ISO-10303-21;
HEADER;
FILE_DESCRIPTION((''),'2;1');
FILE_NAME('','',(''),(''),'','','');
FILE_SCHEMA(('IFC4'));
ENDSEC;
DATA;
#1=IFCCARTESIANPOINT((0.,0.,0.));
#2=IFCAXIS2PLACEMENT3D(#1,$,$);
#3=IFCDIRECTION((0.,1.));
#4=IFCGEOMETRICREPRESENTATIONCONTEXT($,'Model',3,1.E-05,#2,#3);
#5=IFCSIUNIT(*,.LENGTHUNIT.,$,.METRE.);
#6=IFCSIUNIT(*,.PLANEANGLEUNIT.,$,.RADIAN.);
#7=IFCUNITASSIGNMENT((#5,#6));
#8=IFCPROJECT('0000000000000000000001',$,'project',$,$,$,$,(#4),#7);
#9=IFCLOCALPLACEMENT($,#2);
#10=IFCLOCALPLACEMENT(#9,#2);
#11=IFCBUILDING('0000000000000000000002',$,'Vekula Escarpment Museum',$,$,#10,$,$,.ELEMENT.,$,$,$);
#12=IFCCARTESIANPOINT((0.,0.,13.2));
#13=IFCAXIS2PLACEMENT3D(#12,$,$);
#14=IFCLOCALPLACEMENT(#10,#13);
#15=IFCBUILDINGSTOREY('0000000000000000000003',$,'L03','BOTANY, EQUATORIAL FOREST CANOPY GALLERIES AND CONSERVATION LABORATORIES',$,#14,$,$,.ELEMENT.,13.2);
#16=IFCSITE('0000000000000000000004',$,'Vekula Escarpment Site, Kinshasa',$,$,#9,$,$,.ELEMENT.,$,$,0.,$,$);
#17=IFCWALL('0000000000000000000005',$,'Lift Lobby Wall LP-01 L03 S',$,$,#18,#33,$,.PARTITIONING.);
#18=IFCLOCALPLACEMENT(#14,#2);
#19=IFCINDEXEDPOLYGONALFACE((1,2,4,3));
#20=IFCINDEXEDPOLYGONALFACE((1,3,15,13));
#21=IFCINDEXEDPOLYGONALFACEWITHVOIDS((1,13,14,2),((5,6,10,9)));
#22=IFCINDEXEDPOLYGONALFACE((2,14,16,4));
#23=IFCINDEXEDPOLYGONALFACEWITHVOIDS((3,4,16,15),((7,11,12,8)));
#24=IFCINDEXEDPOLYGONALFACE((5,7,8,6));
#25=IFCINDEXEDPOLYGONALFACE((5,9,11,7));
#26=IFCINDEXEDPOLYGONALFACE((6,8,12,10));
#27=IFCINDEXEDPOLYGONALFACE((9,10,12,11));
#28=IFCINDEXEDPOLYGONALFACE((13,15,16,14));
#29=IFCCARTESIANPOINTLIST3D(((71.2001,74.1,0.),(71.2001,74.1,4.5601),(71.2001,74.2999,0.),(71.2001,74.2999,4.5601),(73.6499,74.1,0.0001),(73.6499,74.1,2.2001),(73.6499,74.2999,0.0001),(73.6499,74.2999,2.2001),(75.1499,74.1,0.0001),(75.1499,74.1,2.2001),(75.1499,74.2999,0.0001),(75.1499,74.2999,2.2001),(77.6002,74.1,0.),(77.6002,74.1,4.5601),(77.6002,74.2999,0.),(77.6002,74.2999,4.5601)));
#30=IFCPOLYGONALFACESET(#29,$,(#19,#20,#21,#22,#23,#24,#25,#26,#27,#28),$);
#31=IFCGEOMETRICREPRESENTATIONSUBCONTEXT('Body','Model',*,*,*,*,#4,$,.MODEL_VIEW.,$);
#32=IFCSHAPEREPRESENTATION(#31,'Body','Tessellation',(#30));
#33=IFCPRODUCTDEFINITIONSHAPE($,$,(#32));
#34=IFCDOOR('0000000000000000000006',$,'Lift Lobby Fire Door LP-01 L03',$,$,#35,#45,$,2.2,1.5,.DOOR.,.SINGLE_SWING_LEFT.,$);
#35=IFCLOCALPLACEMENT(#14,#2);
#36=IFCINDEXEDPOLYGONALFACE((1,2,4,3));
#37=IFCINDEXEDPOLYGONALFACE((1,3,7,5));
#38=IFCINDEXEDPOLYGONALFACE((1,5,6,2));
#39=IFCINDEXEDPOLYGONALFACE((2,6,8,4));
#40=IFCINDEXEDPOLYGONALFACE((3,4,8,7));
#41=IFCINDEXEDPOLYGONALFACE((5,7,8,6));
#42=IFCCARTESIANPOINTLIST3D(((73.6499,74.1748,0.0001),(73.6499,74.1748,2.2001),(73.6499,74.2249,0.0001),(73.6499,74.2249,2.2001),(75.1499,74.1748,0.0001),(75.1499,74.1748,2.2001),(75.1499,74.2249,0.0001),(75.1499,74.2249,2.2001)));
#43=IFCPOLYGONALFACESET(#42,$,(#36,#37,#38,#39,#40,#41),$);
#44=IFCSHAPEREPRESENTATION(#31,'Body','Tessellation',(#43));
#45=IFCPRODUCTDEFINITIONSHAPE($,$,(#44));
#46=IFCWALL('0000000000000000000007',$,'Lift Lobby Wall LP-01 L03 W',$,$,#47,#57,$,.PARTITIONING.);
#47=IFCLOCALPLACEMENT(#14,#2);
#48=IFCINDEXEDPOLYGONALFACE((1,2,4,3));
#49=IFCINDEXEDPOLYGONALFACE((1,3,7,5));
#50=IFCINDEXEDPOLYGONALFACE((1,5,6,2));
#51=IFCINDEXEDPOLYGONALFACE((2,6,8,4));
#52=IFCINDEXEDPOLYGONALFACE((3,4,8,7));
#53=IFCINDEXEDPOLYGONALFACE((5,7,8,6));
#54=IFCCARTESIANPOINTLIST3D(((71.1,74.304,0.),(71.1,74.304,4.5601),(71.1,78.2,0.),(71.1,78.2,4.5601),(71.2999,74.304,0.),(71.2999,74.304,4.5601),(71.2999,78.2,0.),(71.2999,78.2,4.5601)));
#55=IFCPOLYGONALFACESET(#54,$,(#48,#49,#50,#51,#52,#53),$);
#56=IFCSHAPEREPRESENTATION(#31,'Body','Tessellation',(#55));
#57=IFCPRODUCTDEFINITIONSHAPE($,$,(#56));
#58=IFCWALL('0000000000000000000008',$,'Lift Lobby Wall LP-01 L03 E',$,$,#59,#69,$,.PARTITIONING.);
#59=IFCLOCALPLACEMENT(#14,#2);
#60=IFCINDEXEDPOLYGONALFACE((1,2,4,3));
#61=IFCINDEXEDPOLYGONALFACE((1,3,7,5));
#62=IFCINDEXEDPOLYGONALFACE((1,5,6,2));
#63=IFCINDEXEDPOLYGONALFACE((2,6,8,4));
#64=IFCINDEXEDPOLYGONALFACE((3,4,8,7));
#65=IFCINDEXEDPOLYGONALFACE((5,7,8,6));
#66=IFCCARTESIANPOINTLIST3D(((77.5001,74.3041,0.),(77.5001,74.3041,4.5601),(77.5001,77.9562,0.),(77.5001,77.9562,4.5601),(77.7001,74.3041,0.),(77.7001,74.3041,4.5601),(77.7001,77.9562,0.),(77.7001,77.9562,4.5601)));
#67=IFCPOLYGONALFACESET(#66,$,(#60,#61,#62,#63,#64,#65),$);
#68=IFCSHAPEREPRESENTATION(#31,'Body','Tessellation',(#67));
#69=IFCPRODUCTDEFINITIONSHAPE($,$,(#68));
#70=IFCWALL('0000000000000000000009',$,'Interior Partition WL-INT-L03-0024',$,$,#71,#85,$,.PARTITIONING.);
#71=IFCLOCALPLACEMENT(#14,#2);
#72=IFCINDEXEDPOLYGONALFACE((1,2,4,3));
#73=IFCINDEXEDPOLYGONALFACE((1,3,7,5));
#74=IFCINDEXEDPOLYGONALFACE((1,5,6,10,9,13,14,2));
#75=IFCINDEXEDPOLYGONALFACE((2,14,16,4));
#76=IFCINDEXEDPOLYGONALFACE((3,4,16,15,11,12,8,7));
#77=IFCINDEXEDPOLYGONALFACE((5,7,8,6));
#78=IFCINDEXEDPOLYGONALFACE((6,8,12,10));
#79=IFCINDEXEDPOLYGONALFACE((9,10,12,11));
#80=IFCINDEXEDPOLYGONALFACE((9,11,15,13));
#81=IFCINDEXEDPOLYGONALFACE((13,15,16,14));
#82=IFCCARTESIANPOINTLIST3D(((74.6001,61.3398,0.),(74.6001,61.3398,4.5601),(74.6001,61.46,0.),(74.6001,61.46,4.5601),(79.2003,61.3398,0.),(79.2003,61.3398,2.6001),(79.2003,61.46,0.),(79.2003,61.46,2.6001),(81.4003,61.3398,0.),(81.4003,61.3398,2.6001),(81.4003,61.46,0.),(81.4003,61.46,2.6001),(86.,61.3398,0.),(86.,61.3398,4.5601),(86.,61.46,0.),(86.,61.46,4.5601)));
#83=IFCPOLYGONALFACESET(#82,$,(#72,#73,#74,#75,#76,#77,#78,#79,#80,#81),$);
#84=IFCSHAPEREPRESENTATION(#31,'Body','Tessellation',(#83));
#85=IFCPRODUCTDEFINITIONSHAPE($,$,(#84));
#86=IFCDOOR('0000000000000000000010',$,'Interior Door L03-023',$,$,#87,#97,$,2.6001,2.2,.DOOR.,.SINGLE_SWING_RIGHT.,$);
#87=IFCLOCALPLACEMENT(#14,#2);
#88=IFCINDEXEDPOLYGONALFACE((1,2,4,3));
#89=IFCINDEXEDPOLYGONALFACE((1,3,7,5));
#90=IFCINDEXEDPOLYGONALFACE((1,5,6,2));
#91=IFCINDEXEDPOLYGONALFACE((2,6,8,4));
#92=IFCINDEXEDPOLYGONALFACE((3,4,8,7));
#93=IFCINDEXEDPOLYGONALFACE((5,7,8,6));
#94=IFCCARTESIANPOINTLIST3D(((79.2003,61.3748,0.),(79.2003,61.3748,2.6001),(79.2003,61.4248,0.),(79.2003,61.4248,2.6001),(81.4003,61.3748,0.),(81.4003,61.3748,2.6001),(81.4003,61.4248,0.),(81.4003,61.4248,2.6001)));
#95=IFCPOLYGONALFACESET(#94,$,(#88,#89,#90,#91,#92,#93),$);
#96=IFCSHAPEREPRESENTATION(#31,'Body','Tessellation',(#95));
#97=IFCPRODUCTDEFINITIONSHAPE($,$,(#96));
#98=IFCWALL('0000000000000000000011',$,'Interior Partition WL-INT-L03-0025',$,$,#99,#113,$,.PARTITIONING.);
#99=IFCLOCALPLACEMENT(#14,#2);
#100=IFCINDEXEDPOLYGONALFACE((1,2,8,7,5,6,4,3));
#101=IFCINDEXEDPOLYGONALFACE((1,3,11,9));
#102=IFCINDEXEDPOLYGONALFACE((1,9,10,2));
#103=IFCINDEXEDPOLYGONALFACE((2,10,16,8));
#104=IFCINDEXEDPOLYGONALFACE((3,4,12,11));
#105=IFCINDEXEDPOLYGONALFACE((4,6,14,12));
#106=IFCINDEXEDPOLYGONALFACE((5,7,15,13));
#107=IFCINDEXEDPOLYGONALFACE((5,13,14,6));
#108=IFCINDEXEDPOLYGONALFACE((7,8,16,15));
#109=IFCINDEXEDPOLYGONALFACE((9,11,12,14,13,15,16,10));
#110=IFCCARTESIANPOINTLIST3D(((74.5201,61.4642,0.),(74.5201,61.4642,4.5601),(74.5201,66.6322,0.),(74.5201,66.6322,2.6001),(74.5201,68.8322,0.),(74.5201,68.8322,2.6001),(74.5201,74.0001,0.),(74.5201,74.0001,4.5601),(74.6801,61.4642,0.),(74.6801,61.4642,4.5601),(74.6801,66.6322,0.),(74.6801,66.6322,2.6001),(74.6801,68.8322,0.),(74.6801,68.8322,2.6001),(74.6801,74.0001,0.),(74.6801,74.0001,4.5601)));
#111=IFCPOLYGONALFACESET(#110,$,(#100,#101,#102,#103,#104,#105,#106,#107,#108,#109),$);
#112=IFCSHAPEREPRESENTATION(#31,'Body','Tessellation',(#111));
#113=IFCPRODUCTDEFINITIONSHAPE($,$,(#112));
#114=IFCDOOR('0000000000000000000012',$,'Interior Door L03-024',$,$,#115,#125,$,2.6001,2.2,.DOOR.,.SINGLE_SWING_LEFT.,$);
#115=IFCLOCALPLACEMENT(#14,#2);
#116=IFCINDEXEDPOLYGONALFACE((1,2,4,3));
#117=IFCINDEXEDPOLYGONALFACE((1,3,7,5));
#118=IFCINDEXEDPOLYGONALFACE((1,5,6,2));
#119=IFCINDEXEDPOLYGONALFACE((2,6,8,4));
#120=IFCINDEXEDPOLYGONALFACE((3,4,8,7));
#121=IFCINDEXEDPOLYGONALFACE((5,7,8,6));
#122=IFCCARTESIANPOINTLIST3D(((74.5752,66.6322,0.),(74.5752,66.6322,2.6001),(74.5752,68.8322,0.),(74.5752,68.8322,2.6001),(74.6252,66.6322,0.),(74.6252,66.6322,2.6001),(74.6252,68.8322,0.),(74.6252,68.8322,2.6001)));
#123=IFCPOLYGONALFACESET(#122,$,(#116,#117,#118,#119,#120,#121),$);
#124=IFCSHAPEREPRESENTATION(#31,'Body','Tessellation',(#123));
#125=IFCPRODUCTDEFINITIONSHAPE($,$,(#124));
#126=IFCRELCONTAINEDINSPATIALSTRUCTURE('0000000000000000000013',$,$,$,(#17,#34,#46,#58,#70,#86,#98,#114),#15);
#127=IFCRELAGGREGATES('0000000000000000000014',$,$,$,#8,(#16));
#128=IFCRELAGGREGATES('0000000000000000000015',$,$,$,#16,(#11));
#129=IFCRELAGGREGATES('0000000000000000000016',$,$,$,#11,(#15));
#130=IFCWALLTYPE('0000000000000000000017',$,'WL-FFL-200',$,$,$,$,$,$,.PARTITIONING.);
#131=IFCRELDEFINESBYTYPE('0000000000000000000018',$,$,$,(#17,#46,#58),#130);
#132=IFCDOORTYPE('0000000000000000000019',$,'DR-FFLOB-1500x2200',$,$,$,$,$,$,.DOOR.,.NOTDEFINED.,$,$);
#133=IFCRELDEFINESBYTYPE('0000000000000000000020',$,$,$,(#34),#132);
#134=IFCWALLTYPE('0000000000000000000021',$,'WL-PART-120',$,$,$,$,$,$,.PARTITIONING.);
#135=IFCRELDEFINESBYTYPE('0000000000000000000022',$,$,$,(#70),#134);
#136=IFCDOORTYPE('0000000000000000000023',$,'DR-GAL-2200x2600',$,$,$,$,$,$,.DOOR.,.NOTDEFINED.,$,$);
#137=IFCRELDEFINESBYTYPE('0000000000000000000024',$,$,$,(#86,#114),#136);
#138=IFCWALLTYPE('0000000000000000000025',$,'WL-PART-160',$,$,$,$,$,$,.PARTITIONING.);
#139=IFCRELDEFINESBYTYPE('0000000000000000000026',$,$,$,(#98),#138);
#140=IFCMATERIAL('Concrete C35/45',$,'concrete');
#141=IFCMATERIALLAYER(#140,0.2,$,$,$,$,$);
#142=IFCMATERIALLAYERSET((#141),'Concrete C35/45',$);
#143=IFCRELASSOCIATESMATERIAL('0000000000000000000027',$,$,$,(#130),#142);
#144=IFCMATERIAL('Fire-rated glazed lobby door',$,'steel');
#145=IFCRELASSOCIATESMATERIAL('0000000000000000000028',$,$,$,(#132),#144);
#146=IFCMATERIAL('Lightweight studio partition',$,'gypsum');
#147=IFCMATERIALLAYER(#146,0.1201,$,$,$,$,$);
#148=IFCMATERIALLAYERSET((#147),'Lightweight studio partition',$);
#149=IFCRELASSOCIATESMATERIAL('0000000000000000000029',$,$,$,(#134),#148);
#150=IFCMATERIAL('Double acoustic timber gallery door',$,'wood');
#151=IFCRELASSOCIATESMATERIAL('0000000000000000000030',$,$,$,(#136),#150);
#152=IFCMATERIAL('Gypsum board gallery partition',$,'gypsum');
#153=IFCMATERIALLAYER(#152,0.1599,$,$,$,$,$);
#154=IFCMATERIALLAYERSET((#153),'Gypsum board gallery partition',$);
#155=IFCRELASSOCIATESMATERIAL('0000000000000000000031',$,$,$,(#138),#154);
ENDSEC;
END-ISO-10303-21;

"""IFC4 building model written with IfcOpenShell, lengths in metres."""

from ifc_helpers import new_model, si_unit, direction, frame, frame_2d, origin, place, context, subcontext, project, spatial, rectangle, extrude, material, layer, layer_set, type_object, element, fill, save


model = new_model("IFC4")

# Units and contexts
model_context = context("Model", 3, precision=1e-05, world=origin(), true_north=direction((0.0, 1.0)))
body_context = subcontext(model_context, "Body", "Model", "MODEL_VIEW")
ifc_project = project(units=[si_unit("LENGTHUNIT", "METRE"), si_unit("PLANEANGLEUNIT", "RADIAN")], contexts=[model_context])

# Site, building, storey
site_placement = place(None, origin())
site = spatial("IfcSite", under=ifc_project, at=site_placement, Name="Vekula Escarpment Site, Kinshasa", CompositionType="ELEMENT", RefElevation=0.0)
building_placement = place(site_placement, origin())
building = spatial("IfcBuilding", under=site, at=building_placement, Name="Vekula Escarpment Museum", CompositionType="ELEMENT")
storey_placement = place(building_placement, frame((0.0, 0.0, 13.2)))
storey = spatial("IfcBuildingStorey", under=building, at=storey_placement, Name="L03", Description="BOTANY, EQUATORIAL FOREST CANOPY GALLERIES AND CONSERVATION LABORATORIES", CompositionType="ELEMENT", Elevation=13.2)

# Wall, opening, door
ifc_material_1 = material(Name="Concrete C35/45", Category="concrete")
ifc_layer_1 = layer(ifc_material_1, 0.2)
ifc_layer_set_1 = layer_set([ifc_layer_1], Name="Concrete C35/45")
wall_type_1 = type_object("IfcWallType", Name="WL-FFL-200", PredefinedType="PARTITIONING", material=ifc_layer_set_1)
wall_1_placement = place(storey_placement, frame((71.2, 74.2, 0.0), z_axis=(0.0, 0.0, 1.0), x_axis=(1.0, 0.0, 0.0)))
wall_1 = element("IfcWall", 1, at=wall_1_placement, inside=storey, type_object=wall_type_1, Name="Lift Lobby Wall LP-01 L03 S", PredefinedType="PARTITIONING", context=body_context, shape_type="SweptSolid", body=[
    extrude(rectangle(XDim=6.4001, YDim=0.2, at=frame_2d((3.2002, 0.0))), origin(), (0.0, 0.0, 1.0), 4.5601),
])
opening_1_placement = place(wall_1_placement, frame((2.45, 0.0, 0.0)))
opening_1 = element("IfcOpeningElement", 2, at=opening_1_placement, cuts=wall_1, PredefinedType="OPENING", context=body_context, shape_type="SweptSolid", body=[
    extrude(rectangle(XDim=1.5, YDim=2.2, at=frame_2d((0.75, 1.1001))), frame((0.0, 0.1099, 0.0), z_axis=(0.0, -1.0, 0.0), x_axis=(1.0, 0.0, 0.0)), (0.0, 0.0, 1.0), 0.22),
])
ifc_material_2 = material(Name="Fire-rated glazed lobby door", Category="steel")
door_type_1 = type_object("IfcDoorType", Name="DR-FFLOB-1500x2200", OperationType="NOTDEFINED", PredefinedType="DOOR", material=ifc_material_2)
door_1_placement = place(opening_1_placement, origin())
door_1 = element("IfcDoor", 3, at=door_1_placement, inside=storey, type_object=door_type_1, Name="Lift Lobby Fire Door LP-01 L03", OperationType="SINGLE_SWING_LEFT", OverallHeight=2.2, OverallWidth=1.5, PredefinedType="DOOR", context=body_context, shape_type="SweptSolid", body=[
    extrude(rectangle(XDim=1.5, YDim=2.2, at=frame_2d((0.75, 1.1001))), frame((0.0, 0.0249, 0.0), z_axis=(0.0, -1.0, 0.0), x_axis=(1.0, 0.0, 0.0)), (0.0, 0.0, 1.0), 0.05),
])
fill(opening_1, door_1)

# Walls
wall_2_placement = place(storey_placement, frame((71.2, 74.304, 0.0), z_axis=(0.0, 0.0, 1.0), x_axis=(0.0, 1.0, 0.0)))
element("IfcWall", 4, at=wall_2_placement, inside=storey, type_object=wall_type_1, Name="Lift Lobby Wall LP-01 L03 W", PredefinedType="PARTITIONING", context=body_context, shape_type="SweptSolid", body=[
    extrude(rectangle(XDim=3.896, YDim=0.2, at=frame_2d((1.948, 0.0))), origin(), (0.0, 0.0, 1.0), 4.5601),
])
wall_3_placement = place(storey_placement, frame((77.6001, 74.304, 0.0), z_axis=(0.0, 0.0, 1.0), x_axis=(0.0, 1.0, 0.0)))
element("IfcWall", 5, at=wall_3_placement, inside=storey, type_object=wall_type_1, Name="Lift Lobby Wall LP-01 L03 E", PredefinedType="PARTITIONING", context=body_context, shape_type="SweptSolid", body=[
    extrude(rectangle(XDim=3.6521, YDim=0.2, at=frame_2d((1.8262, 0.0))), origin(), (0.0, 0.0, 1.0), 4.5601),
])

# Walls, openings, doors
ifc_material_3 = material(Name="Lightweight studio partition", Category="gypsum")
ifc_layer_2 = layer(ifc_material_3, 0.1201)
ifc_layer_set_2 = layer_set([ifc_layer_2], Name="Lightweight studio partition")
wall_type_2 = type_object("IfcWallType", Name="WL-PART-120", PredefinedType="PARTITIONING", material=ifc_layer_set_2)
wall_4_placement = place(storey_placement, frame((74.6001, 61.3999, 0.0), z_axis=(0.0, 0.0, 1.0), x_axis=(1.0, 0.0, 0.0)))
wall_4 = element("IfcWall", 6, at=wall_4_placement, inside=storey, type_object=wall_type_2, Name="Interior Partition WL-INT-L03-0024", PredefinedType="PARTITIONING", context=body_context, shape_type="SweptSolid", body=[
    extrude(rectangle(XDim=11.3999, YDim=0.1201, at=frame_2d((5.7, 0.0))), origin(), (0.0, 0.0, 1.0), 4.5601),
])
opening_2_placement = place(wall_4_placement, frame((4.6001, 0.0, 0.0)))
opening_2 = element("IfcOpeningElement", 7, at=opening_2_placement, cuts=wall_4, PredefinedType="OPENING", context=body_context, shape_type="SweptSolid", body=[
    extrude(rectangle(XDim=2.2, YDim=2.6001, at=frame_2d((1.1001, 1.3))), frame((0.0, 0.0701, 0.0), z_axis=(0.0, -1.0, 0.0), x_axis=(1.0, 0.0, 0.0)), (0.0, 0.0, 1.0), 0.1401),
])
ifc_material_4 = material(Name="Double acoustic timber gallery door", Category="wood")
door_type_2 = type_object("IfcDoorType", Name="DR-GAL-2200x2600", OperationType="NOTDEFINED", PredefinedType="DOOR", material=ifc_material_4)
door_2_placement = place(opening_2_placement, origin())
door_2 = element("IfcDoor", 8, at=door_2_placement, inside=storey, type_object=door_type_2, Name="Interior Door L03-023", OperationType="SINGLE_SWING_RIGHT", OverallHeight=2.6001, OverallWidth=2.2, PredefinedType="DOOR", context=body_context, shape_type="SweptSolid", body=[
    extrude(rectangle(XDim=2.2, YDim=2.6001, at=frame_2d((1.1001, 1.3))), frame((0.0, 0.0249, 0.0), z_axis=(0.0, -1.0, 0.0), x_axis=(1.0, 0.0, 0.0)), (0.0, 0.0, 1.0), 0.05),
])
fill(opening_2, door_2)
ifc_material_5 = material(Name="Gypsum board gallery partition", Category="gypsum")
ifc_layer_3 = layer(ifc_material_5, 0.1599)
ifc_layer_set_3 = layer_set([ifc_layer_3], Name="Gypsum board gallery partition")
wall_type_3 = type_object("IfcWallType", Name="WL-PART-160", PredefinedType="PARTITIONING", material=ifc_layer_set_3)
wall_5_placement = place(storey_placement, frame((74.6001, 61.4641, 0.0), z_axis=(0.0, 0.0, 1.0), x_axis=(0.0, 1.0, 0.0)))
wall_5 = element("IfcWall", 9, at=wall_5_placement, inside=storey, type_object=wall_type_3, Name="Interior Partition WL-INT-L03-0025", PredefinedType="PARTITIONING", context=body_context, shape_type="SweptSolid", body=[
    extrude(rectangle(XDim=12.5359, YDim=0.1599, at=frame_2d((6.2681, 0.0))), origin(), (0.0, 0.0, 1.0), 4.5601),
])
opening_3_placement = place(wall_5_placement, frame((5.168, 0.0, 0.0)))
opening_3 = element("IfcOpeningElement", 10, at=opening_3_placement, cuts=wall_5, PredefinedType="OPENING", context=body_context, shape_type="SweptSolid", body=[
    extrude(rectangle(XDim=2.2, YDim=2.6001, at=frame_2d((1.1001, 1.3))), frame((0.0, 0.0898, 0.0), z_axis=(0.0, -1.0, 0.0), x_axis=(1.0, 0.0, 0.0)), (0.0, 0.0, 1.0), 0.1799),
])
door_3_placement = place(opening_3_placement, origin())
door_3 = element("IfcDoor", 11, at=door_3_placement, inside=storey, type_object=door_type_2, Name="Interior Door L03-024", OperationType="SINGLE_SWING_LEFT", OverallHeight=2.6001, OverallWidth=2.2, PredefinedType="DOOR", context=body_context, shape_type="SweptSolid", body=[
    extrude(rectangle(XDim=2.2, YDim=2.6001, at=frame_2d((1.1001, 1.3))), frame((0.0, 0.0249, 0.0), z_axis=(0.0, -1.0, 0.0), x_axis=(1.0, 0.0, 0.0)), (0.0, 0.0, 1.0), 0.05),
])
fill(opening_3, door_3)

save(model, "model.ifc")
